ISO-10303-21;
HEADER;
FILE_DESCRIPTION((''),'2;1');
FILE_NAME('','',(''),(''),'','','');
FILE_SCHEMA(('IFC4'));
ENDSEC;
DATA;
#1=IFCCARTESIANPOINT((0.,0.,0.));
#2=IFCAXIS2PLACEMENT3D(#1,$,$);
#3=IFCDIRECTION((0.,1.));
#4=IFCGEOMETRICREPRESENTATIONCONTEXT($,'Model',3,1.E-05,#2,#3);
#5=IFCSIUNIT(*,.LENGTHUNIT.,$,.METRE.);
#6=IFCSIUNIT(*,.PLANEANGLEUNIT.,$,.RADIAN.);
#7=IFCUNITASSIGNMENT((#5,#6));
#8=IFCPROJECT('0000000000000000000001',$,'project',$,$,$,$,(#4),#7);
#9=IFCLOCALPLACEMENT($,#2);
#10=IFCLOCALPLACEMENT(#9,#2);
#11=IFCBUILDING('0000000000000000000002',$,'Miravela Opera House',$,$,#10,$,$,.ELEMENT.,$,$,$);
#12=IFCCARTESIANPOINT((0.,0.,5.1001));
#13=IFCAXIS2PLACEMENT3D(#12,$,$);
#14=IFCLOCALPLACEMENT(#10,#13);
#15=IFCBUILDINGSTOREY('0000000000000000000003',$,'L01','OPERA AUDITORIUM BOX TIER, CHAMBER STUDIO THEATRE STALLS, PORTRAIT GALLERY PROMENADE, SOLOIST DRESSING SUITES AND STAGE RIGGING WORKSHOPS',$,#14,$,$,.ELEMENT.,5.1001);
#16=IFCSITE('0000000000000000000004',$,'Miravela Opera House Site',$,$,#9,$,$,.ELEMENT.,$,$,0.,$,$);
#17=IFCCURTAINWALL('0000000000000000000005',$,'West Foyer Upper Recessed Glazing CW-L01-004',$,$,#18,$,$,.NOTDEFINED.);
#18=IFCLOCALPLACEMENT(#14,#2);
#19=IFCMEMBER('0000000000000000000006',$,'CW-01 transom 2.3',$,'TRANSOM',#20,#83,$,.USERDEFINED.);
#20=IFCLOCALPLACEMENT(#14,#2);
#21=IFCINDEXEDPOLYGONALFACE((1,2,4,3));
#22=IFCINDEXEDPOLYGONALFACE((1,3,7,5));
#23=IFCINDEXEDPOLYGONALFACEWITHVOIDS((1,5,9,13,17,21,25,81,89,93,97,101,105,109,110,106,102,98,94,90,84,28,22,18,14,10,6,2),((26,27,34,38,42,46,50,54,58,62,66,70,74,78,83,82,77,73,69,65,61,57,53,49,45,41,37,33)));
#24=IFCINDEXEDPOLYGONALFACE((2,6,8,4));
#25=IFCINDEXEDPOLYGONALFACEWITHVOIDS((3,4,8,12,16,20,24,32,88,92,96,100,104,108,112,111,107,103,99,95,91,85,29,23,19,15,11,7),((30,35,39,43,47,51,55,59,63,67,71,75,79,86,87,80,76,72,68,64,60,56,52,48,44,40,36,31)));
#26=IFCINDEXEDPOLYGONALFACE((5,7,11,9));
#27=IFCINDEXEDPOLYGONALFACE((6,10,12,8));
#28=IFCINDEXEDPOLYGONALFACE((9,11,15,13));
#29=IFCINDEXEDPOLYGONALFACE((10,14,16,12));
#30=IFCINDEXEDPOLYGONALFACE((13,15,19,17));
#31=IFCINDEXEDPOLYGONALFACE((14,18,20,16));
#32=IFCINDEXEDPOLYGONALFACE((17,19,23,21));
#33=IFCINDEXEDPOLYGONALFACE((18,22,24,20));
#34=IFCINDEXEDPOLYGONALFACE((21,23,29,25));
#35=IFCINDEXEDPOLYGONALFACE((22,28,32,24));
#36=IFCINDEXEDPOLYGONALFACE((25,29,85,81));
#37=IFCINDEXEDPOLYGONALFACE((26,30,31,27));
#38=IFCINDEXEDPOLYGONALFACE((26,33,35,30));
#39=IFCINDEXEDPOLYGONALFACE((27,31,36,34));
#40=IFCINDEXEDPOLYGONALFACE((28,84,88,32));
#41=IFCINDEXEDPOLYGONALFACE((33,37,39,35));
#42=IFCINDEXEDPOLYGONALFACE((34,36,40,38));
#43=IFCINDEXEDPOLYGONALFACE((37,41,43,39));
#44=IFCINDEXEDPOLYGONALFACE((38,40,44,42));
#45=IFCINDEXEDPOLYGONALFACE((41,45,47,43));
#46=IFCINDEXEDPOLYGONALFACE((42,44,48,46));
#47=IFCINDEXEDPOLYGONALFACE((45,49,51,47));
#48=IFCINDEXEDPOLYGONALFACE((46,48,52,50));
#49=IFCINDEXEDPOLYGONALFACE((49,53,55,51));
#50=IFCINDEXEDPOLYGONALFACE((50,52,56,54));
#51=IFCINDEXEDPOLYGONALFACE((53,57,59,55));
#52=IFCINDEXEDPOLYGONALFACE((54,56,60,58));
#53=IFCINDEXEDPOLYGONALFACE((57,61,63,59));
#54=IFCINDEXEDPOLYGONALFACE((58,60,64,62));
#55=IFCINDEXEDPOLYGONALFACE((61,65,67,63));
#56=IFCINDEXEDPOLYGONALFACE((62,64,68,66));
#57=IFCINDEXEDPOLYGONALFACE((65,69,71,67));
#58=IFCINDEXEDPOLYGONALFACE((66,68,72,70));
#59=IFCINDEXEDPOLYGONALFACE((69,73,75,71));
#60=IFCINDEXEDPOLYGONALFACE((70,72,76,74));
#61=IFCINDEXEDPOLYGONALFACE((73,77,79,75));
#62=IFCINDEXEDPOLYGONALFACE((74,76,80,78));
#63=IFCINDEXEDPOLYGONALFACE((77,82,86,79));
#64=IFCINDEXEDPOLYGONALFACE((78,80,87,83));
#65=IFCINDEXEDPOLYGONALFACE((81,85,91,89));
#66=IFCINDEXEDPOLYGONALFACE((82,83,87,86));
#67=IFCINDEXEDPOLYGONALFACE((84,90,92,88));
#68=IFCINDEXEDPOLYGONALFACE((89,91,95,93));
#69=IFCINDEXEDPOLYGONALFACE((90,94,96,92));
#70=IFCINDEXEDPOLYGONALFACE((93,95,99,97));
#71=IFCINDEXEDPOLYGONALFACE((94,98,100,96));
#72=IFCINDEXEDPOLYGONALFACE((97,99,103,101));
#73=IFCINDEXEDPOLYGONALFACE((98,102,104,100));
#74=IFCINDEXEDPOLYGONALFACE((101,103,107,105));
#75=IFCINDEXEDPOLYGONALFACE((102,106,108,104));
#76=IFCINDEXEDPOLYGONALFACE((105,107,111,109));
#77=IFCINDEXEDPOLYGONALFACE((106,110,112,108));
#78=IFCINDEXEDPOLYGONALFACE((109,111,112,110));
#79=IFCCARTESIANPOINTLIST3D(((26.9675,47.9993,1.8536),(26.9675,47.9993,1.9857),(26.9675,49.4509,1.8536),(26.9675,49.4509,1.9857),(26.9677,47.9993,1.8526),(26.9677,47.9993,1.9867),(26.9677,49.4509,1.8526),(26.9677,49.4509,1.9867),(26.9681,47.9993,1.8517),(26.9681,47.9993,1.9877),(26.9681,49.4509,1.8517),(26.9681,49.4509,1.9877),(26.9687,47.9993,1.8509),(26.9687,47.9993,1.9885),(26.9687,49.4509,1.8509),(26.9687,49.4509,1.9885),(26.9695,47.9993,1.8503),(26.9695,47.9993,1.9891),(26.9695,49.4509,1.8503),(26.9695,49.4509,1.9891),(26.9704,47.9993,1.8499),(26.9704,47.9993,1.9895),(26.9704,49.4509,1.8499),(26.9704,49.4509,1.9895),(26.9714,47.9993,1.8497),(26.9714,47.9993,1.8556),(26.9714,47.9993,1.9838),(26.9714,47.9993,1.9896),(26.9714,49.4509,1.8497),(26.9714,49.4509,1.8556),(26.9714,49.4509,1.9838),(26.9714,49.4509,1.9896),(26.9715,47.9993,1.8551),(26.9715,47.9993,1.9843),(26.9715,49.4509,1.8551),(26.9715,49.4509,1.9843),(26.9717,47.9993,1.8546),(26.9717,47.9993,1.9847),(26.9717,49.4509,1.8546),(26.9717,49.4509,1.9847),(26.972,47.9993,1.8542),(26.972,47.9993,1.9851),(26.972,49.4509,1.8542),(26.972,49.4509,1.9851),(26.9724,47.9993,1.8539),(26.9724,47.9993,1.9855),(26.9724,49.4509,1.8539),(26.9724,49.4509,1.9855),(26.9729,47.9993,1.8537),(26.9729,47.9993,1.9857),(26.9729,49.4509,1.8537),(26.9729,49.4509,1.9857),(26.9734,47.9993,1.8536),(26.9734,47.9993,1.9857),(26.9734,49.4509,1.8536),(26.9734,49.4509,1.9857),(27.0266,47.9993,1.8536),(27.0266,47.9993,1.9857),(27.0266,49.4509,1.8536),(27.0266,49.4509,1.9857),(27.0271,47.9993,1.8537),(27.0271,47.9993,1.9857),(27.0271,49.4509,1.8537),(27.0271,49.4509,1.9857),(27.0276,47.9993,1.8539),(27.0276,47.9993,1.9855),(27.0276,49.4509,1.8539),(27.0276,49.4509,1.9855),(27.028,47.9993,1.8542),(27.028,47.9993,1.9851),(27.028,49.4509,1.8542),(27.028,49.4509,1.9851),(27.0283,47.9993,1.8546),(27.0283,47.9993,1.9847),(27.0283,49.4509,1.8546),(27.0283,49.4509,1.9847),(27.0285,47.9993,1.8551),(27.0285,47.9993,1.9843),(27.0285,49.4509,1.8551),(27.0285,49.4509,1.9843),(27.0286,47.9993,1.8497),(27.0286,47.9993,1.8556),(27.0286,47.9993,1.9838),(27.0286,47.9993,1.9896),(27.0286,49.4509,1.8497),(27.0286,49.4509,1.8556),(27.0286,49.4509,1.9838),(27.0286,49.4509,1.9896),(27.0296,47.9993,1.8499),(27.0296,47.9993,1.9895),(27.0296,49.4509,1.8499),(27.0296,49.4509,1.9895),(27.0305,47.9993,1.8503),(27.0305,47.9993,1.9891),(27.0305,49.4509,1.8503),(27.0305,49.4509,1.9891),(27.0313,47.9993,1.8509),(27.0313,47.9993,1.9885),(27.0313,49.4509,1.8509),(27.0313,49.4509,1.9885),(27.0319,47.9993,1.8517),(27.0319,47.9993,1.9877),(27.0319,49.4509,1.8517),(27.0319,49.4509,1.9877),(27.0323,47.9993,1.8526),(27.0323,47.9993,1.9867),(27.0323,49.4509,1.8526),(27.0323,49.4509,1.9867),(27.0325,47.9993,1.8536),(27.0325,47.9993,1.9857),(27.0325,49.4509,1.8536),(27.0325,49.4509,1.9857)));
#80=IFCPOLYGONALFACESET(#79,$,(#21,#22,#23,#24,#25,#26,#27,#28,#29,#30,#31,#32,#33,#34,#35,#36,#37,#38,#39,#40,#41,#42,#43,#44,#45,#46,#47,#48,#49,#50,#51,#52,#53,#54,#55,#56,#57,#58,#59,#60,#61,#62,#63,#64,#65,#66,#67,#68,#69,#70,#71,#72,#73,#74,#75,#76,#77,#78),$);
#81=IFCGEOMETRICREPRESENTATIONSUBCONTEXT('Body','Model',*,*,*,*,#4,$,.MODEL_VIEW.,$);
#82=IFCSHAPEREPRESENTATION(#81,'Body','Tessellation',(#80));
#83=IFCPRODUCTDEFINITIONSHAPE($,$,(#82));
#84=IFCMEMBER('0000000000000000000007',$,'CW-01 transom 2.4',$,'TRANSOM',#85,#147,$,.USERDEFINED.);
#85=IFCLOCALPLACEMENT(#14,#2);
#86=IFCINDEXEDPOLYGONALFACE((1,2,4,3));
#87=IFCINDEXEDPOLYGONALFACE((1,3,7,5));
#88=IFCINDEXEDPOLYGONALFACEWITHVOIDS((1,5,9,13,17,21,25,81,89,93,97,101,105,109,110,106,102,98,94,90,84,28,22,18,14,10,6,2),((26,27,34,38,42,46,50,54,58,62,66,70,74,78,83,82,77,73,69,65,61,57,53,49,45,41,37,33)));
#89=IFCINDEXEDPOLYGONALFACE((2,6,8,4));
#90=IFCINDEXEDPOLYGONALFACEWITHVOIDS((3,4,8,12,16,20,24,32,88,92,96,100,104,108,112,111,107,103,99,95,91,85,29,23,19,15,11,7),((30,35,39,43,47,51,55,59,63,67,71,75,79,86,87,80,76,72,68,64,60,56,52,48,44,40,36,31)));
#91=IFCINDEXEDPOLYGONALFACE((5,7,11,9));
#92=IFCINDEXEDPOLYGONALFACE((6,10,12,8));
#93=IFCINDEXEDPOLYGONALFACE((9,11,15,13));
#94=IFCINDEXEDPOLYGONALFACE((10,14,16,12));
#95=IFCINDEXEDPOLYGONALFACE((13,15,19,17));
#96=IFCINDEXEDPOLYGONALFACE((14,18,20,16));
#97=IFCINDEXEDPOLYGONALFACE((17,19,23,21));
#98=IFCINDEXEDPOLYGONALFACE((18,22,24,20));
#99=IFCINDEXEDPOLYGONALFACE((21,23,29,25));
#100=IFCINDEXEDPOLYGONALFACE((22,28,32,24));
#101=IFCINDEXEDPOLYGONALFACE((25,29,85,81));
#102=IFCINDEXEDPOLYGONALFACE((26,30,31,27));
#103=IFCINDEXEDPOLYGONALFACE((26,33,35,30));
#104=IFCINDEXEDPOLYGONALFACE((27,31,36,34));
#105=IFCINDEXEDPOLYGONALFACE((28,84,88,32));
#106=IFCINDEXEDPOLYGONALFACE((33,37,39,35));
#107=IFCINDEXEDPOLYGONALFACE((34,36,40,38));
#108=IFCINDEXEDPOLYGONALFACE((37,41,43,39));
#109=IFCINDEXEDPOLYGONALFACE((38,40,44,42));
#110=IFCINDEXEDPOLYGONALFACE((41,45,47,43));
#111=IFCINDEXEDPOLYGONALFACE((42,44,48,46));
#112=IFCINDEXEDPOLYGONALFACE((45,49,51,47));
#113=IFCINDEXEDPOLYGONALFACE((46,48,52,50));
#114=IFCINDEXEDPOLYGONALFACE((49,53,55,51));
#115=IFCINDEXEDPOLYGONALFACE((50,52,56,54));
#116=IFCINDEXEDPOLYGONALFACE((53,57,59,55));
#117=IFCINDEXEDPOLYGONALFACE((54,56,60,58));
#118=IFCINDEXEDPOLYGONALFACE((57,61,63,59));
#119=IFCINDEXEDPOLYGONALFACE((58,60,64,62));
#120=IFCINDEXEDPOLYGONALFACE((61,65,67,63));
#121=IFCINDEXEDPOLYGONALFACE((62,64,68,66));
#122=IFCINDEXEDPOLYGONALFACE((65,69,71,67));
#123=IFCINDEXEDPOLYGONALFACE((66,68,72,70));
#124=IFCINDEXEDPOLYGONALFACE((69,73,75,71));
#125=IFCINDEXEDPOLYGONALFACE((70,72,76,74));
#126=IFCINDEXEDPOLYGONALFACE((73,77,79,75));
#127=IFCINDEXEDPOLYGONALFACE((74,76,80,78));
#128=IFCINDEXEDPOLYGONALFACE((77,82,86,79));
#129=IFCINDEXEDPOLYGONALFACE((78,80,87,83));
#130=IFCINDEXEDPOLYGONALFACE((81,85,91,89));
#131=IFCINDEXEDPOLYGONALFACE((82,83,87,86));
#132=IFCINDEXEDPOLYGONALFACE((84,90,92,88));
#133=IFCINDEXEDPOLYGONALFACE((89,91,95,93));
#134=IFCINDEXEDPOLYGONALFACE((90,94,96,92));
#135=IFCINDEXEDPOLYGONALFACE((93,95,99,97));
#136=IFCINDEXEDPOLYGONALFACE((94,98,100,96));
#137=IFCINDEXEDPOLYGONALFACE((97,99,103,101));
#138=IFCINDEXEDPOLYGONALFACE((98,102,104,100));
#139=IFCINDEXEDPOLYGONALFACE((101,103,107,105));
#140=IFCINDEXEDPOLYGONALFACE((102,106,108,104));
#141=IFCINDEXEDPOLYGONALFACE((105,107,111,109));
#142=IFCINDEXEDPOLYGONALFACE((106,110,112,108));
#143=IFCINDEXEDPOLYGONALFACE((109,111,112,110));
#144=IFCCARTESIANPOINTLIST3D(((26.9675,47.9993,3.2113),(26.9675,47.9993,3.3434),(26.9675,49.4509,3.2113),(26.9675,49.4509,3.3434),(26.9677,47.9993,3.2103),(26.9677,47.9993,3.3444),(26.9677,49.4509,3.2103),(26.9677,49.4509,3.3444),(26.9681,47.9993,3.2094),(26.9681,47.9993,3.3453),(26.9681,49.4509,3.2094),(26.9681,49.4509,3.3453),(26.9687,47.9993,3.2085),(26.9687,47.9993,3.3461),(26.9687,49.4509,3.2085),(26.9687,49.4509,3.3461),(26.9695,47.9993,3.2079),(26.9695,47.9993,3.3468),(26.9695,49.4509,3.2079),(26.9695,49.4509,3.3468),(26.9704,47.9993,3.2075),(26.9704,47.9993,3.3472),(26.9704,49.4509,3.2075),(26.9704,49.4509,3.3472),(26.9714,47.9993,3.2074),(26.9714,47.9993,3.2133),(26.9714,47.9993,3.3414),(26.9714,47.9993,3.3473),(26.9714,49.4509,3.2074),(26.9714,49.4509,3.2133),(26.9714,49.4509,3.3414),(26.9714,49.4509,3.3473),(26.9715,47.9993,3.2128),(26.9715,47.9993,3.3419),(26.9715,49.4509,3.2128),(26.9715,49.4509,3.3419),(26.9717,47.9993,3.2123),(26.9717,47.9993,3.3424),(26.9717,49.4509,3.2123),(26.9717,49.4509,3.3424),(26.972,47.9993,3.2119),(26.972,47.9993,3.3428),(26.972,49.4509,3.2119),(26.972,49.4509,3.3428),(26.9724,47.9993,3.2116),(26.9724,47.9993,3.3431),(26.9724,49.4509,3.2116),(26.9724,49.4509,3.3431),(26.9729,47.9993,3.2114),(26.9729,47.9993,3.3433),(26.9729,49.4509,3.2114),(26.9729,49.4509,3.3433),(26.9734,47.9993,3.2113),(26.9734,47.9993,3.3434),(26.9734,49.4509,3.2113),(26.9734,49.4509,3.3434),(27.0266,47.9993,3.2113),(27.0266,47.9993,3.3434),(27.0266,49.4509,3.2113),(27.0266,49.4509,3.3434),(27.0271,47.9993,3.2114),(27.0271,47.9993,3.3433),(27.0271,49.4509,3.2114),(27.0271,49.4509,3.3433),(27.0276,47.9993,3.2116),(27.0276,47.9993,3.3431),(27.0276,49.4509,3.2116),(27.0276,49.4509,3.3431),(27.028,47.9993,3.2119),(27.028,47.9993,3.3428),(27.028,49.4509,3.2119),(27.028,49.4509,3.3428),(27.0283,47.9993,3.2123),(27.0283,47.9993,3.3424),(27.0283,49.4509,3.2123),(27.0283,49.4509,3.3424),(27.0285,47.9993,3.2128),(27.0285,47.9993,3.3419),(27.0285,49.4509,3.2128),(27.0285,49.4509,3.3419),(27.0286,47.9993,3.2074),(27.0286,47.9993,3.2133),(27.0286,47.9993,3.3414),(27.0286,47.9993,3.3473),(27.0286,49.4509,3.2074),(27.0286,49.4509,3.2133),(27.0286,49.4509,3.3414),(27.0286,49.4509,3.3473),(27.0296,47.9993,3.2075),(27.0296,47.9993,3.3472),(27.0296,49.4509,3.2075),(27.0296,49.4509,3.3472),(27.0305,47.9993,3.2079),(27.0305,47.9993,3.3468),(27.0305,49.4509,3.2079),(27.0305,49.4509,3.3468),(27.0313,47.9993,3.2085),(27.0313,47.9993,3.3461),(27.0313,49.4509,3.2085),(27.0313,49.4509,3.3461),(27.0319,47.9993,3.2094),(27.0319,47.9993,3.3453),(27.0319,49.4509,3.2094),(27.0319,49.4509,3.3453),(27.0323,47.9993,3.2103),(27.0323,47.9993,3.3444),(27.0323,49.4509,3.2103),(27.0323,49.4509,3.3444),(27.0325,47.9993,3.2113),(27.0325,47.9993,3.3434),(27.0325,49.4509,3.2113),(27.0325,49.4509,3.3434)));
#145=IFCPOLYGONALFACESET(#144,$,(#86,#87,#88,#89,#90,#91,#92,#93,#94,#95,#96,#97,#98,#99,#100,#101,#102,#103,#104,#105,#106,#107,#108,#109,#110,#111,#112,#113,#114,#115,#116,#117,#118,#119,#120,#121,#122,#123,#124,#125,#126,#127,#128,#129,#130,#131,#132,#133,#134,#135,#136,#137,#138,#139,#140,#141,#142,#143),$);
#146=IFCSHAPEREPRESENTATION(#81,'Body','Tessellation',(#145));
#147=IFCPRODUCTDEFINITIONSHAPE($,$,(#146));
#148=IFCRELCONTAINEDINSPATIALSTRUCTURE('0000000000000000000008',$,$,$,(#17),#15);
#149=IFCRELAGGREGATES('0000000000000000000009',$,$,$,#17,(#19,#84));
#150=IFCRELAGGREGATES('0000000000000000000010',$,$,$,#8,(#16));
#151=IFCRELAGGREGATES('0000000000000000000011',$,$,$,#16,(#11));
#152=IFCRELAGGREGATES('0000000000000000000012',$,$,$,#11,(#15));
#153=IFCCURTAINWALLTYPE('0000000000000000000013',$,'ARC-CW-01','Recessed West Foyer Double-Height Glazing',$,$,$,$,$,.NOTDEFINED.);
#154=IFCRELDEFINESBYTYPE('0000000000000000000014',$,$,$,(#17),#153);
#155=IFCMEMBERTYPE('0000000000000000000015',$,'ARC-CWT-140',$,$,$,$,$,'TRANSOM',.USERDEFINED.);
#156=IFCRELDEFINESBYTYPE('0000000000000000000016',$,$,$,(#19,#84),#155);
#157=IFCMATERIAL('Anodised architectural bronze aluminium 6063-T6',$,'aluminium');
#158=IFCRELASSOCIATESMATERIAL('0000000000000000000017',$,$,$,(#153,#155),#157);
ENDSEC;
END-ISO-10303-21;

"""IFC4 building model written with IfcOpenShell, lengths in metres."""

from ifc_helpers import new_model, si_unit, direction, frame, origin, origin_2d, place, context, subcontext, project, spatial, hollow_rectangle, extrude, material, material_profile, profile_set, type_object, element, aggregate, save


model = new_model("IFC4")

# Units and contexts
model_context = context("Model", 3, precision=1e-05, world=origin(), true_north=direction((0.0, 1.0)))
body_context = subcontext(model_context, "Body", "Model", "MODEL_VIEW")
ifc_project = project(units=[si_unit("LENGTHUNIT", "METRE"), si_unit("PLANEANGLEUNIT", "RADIAN")], contexts=[model_context])

# Site, building, storey
site_placement = place(None, origin())
site = spatial("IfcSite", under=ifc_project, at=site_placement, Name="Miravela Opera House Site", CompositionType="ELEMENT", RefElevation=0.0)
building_placement = place(site_placement, origin())
building = spatial("IfcBuilding", under=site, at=building_placement, Name="Miravela Opera House", CompositionType="ELEMENT")
storey_placement = place(building_placement, frame((0.0, 0.0, 5.1001)))
storey = spatial("IfcBuildingStorey", under=building, at=storey_placement, Name="L01", Description="OPERA AUDITORIUM BOX TIER, CHAMBER STUDIO THEATRE STALLS, PORTRAIT GALLERY PROMENADE, SOLOIST DRESSING SUITES AND STAGE RIGGING WORKSHOPS", CompositionType="ELEMENT", Elevation=5.1001)

# Curtain wall, members
ifc_material_1 = material(Name="Anodised architectural bronze aluminium 6063-T6", Category="aluminium")
curtain_wall_type = type_object("IfcCurtainWallType", Name="ARC-CW-01", Description="Recessed West Foyer Double-Height Glazing", PredefinedType="NOTDEFINED", material=ifc_material_1)
curtain_wall_placement = place(storey_placement, origin())
curtain_wall = element("IfcCurtainWall", 1, at=curtain_wall_placement, inside=storey, type_object=curtain_wall_type, Name="West Foyer Upper Recessed Glazing CW-L01-004", PredefinedType="NOTDEFINED")
ifc_material_profile_1 = material_profile(ifc_material_1, hollow_rectangle(XDim=0.0649, YDim=0.1399, WallThickness=0.0039, InnerFilletRadius=0.002, OuterFilletRadius=0.0039, at=origin_2d()), Name="CWT-65X140")
ifc_profile_set_1 = profile_set([ifc_material_profile_1])
member_type_1 = type_object("IfcMemberType", Name="ARC-CWT-140", ElementType="TRANSOM", PredefinedType="USERDEFINED", material=ifc_profile_set_1)
member_1_placement = place(storey_placement, frame((27.0, 47.9993, 1.9197), z_axis=(0.0, 1.0, 0.0), x_axis=(-1.0, 0.0, 0.0)))
member_1 = element("IfcMember", 2, at=member_1_placement, type_object=member_type_1, Name="CW-01 transom 2.3", ObjectType="TRANSOM", PredefinedType="USERDEFINED", context=body_context, shape_type="SweptSolid", body=[
    extrude(hollow_rectangle(XDim=0.0649, YDim=0.1399, WallThickness=0.0039, InnerFilletRadius=0.002, OuterFilletRadius=0.0039, at=origin_2d()), origin(), (0.0, 0.0, 1.0), 1.4517),
])
member_2_placement = place(storey_placement, frame((27.0, 47.9993, 3.2773), z_axis=(0.0, 1.0, 0.0), x_axis=(-1.0, 0.0, 0.0)))
member_2 = element("IfcMember", 3, at=member_2_placement, type_object=member_type_1, Name="CW-01 transom 2.4", ObjectType="TRANSOM", PredefinedType="USERDEFINED", context=body_context, shape_type="SweptSolid", body=[
    extrude(hollow_rectangle(XDim=0.0649, YDim=0.1399, WallThickness=0.0039, InnerFilletRadius=0.002, OuterFilletRadius=0.0039, at=origin_2d()), origin(), (0.0, 0.0, 1.0), 1.4517),
])
aggregate(curtain_wall, [member_1, member_2])

save(model, "model.ifc")
